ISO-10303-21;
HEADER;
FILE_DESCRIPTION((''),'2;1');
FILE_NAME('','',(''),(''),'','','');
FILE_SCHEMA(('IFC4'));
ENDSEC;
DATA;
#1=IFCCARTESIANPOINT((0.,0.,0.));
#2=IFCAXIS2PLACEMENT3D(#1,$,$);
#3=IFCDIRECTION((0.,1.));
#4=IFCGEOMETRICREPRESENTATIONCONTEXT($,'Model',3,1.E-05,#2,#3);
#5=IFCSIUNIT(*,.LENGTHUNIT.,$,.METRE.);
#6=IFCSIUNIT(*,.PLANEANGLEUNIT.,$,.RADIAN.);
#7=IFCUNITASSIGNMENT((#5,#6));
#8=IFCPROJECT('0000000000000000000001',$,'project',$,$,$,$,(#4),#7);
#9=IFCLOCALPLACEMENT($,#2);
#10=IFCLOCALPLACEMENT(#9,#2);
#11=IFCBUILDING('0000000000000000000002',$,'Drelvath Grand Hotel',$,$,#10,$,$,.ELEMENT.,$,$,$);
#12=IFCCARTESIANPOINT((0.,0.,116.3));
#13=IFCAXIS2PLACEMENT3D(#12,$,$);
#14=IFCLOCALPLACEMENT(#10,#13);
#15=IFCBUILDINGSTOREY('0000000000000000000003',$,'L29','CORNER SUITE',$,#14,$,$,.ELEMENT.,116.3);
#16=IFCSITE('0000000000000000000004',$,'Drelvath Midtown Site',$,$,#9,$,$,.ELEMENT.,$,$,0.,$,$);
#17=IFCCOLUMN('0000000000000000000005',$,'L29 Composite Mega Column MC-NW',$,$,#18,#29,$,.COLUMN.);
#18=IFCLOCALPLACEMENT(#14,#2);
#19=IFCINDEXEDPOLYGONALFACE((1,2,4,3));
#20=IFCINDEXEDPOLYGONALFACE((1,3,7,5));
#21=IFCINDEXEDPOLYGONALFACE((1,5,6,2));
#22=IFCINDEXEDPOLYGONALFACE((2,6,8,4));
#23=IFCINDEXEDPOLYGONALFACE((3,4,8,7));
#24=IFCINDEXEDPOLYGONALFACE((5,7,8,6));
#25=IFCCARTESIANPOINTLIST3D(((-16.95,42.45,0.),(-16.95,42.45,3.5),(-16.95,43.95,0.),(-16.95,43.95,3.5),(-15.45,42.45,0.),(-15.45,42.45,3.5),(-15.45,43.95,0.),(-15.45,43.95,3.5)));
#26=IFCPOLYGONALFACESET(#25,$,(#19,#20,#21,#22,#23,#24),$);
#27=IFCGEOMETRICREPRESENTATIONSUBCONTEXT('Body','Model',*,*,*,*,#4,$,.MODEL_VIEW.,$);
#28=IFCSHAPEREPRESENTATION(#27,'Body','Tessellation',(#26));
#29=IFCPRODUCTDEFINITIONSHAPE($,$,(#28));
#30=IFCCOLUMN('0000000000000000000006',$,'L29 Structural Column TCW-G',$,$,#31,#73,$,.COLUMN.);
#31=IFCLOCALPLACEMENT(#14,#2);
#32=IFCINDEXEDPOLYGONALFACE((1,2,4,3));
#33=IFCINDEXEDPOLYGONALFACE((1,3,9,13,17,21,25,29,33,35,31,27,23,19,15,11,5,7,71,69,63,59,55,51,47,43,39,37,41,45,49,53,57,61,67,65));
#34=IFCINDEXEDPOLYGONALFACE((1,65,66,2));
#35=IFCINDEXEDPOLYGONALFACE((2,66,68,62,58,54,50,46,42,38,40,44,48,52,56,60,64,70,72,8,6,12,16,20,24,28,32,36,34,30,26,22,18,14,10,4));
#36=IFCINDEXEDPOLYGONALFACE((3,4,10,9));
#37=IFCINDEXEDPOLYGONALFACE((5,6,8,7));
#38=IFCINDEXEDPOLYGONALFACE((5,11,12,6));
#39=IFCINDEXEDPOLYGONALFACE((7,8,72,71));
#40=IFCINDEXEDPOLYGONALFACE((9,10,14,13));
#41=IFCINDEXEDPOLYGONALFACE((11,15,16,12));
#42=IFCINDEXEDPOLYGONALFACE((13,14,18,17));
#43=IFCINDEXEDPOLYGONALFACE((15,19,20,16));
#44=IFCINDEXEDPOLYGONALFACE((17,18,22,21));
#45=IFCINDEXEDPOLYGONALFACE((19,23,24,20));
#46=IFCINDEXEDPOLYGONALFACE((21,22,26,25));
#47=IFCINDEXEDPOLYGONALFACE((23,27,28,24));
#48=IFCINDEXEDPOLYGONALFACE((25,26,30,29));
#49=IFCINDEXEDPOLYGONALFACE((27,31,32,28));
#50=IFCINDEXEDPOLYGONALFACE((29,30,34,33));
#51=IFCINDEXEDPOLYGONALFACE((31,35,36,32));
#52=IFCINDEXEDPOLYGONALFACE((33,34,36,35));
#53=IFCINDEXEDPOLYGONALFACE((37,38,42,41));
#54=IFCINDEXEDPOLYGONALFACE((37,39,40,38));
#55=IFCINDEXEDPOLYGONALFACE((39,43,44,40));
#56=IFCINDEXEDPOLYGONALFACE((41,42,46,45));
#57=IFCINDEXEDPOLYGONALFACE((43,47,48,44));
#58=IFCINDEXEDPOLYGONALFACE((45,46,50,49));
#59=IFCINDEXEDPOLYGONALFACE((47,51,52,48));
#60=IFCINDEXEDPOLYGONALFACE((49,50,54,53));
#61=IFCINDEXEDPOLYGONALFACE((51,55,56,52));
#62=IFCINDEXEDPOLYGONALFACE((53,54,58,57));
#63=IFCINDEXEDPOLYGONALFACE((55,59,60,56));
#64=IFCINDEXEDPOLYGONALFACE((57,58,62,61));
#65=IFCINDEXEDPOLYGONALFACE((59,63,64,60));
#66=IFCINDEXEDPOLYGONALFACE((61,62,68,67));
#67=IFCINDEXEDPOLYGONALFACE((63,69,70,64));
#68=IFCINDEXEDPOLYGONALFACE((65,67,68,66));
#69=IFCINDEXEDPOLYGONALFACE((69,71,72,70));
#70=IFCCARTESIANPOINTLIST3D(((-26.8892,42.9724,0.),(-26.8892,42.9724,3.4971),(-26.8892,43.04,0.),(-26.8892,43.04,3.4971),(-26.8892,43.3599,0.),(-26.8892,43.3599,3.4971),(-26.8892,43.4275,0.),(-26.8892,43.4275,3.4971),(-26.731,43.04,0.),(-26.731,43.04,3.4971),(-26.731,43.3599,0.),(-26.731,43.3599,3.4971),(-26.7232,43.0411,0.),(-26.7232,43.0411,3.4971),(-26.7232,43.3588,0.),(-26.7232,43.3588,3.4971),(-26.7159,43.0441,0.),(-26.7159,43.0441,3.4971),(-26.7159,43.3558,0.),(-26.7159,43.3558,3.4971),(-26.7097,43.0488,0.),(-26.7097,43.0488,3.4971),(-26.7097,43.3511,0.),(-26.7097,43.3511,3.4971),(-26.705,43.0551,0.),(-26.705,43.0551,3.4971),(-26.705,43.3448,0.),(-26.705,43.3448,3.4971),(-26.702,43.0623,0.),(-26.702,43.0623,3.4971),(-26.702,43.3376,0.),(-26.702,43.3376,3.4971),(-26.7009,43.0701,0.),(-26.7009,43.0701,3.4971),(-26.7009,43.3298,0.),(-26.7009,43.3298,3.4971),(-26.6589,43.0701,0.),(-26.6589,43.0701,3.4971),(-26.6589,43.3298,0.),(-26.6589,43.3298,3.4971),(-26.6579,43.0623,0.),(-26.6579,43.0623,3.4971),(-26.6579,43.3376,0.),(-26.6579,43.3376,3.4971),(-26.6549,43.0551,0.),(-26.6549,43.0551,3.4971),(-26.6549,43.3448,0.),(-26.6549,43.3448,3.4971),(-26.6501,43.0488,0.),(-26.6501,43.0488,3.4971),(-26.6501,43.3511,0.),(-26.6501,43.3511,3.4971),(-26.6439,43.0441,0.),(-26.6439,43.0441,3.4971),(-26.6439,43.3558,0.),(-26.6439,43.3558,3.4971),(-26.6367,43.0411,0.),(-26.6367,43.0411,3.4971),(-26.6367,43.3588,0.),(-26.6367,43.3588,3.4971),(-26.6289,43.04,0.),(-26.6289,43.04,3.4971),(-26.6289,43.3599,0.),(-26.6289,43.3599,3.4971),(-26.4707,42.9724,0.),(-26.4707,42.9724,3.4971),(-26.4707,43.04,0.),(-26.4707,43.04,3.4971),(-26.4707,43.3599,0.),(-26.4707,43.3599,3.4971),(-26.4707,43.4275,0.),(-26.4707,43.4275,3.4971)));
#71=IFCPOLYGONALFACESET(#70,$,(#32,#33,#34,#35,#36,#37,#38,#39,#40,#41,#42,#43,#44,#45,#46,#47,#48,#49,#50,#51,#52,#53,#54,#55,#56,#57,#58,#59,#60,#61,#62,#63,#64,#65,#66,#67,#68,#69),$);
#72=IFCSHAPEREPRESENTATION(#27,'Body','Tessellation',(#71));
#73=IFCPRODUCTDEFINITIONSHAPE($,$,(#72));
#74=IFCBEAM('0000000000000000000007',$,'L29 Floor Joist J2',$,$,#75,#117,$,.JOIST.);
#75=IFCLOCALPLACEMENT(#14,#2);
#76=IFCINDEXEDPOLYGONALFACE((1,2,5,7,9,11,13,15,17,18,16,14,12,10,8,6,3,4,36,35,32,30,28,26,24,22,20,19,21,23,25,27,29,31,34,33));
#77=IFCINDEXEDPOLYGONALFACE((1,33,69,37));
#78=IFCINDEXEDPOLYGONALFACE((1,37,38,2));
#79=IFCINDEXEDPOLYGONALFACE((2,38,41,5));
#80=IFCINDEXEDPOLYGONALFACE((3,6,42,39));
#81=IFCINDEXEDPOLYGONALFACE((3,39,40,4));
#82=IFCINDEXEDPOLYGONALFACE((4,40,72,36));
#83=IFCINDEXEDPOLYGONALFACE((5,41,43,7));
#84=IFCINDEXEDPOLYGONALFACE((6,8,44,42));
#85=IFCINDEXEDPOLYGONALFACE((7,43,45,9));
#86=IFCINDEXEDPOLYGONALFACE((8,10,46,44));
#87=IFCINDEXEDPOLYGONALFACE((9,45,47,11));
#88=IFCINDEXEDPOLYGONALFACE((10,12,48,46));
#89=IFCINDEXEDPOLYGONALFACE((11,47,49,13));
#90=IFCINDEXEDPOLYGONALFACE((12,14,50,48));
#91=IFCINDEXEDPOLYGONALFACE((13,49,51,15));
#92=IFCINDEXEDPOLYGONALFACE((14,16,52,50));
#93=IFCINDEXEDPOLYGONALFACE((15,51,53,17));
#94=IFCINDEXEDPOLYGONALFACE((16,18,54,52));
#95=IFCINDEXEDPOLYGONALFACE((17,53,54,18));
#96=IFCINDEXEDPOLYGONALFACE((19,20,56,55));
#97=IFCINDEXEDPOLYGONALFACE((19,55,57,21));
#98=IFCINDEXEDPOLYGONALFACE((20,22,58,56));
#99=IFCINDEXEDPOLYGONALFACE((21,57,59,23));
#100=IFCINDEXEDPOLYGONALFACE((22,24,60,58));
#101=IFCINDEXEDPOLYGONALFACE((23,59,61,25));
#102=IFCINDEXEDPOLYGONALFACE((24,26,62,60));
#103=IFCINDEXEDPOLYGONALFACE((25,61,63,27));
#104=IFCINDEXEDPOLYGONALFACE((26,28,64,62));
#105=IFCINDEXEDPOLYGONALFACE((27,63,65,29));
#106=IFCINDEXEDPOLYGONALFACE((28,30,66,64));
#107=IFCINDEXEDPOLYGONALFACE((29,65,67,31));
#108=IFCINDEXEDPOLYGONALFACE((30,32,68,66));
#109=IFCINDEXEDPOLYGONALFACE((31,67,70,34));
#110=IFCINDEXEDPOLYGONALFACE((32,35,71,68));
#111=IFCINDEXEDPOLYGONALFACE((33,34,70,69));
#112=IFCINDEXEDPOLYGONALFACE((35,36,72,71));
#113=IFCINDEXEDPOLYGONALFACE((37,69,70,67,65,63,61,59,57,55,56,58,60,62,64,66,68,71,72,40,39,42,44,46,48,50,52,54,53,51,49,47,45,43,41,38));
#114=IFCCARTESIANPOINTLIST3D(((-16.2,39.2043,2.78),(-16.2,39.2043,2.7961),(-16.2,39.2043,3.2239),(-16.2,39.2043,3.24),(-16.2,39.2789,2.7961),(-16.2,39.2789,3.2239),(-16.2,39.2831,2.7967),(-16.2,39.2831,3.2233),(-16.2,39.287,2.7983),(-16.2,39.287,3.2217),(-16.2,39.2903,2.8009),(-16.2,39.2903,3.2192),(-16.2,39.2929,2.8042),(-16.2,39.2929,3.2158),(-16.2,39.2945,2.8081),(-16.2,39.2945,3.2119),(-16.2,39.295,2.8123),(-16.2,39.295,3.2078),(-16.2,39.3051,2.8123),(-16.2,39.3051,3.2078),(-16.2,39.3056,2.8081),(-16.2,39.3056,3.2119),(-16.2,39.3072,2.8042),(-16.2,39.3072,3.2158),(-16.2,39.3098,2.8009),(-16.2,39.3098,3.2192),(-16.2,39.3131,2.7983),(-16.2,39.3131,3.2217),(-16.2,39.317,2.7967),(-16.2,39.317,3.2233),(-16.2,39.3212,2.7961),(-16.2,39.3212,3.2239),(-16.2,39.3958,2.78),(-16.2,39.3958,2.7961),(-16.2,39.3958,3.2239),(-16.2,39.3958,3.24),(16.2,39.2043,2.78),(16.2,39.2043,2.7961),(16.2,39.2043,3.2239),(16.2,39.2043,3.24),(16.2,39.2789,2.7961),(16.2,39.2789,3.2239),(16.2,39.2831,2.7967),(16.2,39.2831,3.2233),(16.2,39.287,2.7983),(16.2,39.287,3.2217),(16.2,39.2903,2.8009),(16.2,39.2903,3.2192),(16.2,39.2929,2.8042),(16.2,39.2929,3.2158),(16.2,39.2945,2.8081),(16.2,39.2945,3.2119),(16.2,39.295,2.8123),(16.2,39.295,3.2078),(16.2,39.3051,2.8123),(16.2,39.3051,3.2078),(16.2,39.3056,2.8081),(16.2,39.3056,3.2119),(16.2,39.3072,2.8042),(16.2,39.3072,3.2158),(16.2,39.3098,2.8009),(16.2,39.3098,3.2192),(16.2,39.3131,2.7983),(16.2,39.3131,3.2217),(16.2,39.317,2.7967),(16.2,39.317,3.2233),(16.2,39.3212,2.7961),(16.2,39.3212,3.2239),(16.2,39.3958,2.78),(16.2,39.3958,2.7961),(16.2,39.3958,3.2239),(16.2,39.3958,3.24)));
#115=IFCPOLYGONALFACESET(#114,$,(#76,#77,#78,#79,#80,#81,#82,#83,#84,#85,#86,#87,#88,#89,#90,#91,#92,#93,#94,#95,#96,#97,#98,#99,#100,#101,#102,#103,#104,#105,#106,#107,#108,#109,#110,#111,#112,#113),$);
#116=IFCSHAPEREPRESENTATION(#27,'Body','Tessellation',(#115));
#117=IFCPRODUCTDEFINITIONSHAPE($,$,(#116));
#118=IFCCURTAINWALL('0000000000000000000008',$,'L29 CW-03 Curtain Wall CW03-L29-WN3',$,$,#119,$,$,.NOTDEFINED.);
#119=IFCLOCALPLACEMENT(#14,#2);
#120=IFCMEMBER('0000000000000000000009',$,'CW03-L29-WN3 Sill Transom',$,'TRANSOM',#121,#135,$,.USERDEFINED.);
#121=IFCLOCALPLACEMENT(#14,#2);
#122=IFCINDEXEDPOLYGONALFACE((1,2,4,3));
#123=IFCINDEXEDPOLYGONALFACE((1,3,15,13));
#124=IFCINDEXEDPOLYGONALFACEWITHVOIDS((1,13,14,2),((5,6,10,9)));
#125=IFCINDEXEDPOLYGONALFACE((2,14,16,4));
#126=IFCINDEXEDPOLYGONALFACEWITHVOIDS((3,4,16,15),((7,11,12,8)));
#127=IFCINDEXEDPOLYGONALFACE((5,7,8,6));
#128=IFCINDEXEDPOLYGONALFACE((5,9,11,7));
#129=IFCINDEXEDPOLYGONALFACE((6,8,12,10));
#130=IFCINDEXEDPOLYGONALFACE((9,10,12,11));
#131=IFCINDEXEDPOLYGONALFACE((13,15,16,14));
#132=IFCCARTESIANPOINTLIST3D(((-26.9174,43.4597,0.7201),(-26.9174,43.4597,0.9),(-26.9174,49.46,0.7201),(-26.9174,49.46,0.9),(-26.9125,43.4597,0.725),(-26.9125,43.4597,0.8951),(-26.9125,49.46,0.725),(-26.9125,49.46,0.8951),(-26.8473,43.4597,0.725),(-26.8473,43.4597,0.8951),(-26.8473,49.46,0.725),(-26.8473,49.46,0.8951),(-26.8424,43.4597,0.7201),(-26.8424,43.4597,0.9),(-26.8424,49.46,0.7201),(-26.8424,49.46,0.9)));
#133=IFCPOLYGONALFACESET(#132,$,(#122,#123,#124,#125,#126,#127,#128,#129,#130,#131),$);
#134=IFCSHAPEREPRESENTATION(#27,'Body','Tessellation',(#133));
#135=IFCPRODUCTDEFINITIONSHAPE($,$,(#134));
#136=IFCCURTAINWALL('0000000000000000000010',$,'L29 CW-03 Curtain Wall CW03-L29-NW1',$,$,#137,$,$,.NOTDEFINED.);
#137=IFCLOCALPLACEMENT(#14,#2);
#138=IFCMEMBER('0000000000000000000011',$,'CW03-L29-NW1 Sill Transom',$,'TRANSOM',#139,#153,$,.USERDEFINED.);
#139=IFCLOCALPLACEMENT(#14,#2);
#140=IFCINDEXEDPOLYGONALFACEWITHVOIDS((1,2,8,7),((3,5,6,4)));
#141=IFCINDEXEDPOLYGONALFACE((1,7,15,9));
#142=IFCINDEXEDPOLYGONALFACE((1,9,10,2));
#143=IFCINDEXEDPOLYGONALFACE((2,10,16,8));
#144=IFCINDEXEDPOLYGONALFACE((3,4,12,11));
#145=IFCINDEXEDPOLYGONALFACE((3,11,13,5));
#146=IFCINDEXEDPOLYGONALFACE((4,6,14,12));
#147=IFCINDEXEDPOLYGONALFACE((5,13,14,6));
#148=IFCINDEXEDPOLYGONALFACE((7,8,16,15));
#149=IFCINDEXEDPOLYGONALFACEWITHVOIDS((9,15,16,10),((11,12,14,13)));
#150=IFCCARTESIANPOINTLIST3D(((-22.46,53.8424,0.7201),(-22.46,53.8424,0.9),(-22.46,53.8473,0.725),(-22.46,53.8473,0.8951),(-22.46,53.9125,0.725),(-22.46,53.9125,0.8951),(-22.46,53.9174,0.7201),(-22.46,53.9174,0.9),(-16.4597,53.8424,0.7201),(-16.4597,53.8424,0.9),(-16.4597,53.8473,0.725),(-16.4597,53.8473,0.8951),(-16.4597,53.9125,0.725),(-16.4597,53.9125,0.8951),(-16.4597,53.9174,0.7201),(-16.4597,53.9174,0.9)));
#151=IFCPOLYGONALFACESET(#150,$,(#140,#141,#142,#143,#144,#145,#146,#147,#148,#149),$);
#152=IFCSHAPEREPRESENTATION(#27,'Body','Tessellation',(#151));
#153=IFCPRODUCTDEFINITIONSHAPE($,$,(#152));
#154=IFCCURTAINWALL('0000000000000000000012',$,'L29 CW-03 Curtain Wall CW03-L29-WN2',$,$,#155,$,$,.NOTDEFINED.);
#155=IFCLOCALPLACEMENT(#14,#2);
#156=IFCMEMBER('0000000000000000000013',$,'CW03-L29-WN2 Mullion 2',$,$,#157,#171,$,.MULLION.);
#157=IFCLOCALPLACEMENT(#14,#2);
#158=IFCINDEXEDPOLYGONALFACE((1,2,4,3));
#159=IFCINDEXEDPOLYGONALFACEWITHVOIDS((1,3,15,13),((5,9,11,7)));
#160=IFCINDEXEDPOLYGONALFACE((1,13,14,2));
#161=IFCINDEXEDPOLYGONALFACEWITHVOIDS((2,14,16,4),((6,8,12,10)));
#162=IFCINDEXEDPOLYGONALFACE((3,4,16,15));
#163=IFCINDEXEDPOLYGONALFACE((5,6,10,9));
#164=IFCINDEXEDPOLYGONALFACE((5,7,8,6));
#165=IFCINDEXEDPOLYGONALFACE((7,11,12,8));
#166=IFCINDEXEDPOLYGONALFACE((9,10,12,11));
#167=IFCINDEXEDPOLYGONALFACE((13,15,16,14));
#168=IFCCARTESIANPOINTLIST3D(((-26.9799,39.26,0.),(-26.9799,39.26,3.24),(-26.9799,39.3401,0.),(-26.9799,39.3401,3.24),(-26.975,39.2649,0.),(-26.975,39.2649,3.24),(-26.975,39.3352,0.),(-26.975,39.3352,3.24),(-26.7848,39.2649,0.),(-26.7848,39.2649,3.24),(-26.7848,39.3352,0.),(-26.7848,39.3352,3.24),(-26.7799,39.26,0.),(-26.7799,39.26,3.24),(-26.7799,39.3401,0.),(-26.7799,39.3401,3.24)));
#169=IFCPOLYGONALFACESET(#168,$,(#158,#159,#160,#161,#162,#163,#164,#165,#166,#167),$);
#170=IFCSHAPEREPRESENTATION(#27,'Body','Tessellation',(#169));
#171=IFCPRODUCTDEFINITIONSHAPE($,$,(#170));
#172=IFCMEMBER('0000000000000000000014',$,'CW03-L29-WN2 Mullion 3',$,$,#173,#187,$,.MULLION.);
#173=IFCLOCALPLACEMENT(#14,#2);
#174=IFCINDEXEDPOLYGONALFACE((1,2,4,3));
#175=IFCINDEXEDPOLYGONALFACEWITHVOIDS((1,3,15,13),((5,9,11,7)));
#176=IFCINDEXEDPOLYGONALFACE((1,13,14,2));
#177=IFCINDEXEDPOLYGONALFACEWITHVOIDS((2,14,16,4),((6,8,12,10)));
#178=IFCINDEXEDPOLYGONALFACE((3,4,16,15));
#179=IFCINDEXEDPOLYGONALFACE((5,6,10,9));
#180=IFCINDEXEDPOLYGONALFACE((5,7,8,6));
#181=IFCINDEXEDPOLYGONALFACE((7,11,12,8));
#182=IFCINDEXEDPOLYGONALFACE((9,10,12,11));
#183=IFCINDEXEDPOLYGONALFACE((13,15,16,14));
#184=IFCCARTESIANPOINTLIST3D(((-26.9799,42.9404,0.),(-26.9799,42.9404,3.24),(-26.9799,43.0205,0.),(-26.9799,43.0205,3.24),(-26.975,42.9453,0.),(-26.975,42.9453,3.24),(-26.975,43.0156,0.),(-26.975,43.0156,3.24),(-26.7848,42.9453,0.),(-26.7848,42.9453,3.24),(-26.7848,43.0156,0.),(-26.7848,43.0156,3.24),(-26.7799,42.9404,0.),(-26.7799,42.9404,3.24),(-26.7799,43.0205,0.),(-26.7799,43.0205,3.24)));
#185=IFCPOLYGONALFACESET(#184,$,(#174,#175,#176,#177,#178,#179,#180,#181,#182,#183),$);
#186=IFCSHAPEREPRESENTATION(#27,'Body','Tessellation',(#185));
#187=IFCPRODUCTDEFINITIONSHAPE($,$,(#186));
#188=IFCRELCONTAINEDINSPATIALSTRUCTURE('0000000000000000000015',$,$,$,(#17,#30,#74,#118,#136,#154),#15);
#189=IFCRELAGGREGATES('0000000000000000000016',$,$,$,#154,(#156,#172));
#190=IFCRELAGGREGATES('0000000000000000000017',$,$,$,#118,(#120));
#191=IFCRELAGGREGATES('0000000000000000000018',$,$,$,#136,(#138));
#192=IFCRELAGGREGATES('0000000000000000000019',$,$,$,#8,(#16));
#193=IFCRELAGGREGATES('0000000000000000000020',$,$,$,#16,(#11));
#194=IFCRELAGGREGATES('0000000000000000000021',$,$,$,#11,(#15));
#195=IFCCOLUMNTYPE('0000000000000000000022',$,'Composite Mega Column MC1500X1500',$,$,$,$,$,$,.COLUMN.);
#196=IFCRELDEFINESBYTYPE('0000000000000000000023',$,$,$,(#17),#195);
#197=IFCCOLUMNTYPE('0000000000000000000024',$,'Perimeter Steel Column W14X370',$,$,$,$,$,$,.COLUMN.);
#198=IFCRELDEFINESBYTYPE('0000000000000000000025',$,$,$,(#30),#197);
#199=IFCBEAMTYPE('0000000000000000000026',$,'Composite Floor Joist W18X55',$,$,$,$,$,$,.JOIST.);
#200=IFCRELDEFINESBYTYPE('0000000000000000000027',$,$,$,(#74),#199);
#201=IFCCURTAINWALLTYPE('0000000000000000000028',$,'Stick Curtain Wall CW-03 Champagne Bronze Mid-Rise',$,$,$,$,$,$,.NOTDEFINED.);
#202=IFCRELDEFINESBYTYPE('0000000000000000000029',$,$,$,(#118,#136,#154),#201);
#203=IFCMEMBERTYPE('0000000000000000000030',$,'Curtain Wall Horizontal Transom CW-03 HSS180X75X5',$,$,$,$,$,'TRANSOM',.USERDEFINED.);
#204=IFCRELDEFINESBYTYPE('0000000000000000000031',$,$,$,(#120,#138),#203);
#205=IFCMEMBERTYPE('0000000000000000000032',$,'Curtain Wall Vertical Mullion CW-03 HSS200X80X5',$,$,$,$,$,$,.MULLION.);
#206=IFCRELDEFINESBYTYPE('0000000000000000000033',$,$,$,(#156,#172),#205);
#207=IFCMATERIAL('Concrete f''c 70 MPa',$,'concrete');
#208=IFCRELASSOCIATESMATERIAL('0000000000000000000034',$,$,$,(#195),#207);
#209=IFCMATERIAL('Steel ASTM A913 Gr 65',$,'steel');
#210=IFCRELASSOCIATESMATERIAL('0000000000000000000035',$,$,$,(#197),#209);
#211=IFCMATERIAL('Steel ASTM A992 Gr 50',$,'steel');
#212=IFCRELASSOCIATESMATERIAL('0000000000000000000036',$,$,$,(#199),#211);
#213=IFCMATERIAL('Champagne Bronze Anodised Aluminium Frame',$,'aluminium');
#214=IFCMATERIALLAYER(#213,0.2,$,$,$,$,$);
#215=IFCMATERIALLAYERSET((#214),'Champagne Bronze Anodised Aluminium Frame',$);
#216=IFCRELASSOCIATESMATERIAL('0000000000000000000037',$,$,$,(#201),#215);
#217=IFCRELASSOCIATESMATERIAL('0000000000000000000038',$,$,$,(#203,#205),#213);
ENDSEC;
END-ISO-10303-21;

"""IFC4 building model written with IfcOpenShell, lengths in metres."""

from ifc_helpers import new_model, si_unit, direction, frame, origin, origin_2d, place, context, subcontext, project, spatial, rectangle, hollow_rectangle, i_section, extrude, material, layer, layer_set, material_profile, profile_set, type_object, element, aggregate, save


model = new_model("IFC4")

# Units and contexts
model_context = context("Model", 3, precision=1e-05, world=origin(), true_north=direction((0.0, 1.0)))
body_context = subcontext(model_context, "Body", "Model", "MODEL_VIEW")
ifc_project = project(units=[si_unit("LENGTHUNIT", "METRE"), si_unit("PLANEANGLEUNIT", "RADIAN")], contexts=[model_context])

# Site, building, storey
site_placement = place(None, origin())
site = spatial("IfcSite", under=ifc_project, at=site_placement, Name="Drelvath Midtown Site", CompositionType="ELEMENT", RefElevation=0.0)
building_placement = place(site_placement, origin())
building = spatial("IfcBuilding", under=site, at=building_placement, Name="Drelvath Grand Hotel", CompositionType="ELEMENT")
storey_placement = place(building_placement, frame((0.0, 0.0, 116.3)))
storey = spatial("IfcBuildingStorey", under=building, at=storey_placement, Name="L29", Description="CORNER SUITE", CompositionType="ELEMENT", Elevation=116.3)

# Columns
ifc_material_1 = material(Name="Concrete f'c 70 MPa", Category="concrete")
ifc_material_profile_1 = material_profile(ifc_material_1, rectangle(XDim=1.5, YDim=1.5, at=origin_2d()), Name="MC1500X1500")
ifc_profile_set_1 = profile_set([ifc_material_profile_1], Name="Concrete f'c 70 MPa")
column_type_1 = type_object("IfcColumnType", Name="Composite Mega Column MC1500X1500", PredefinedType="COLUMN", material=ifc_profile_set_1)
column_1_placement = place(storey_placement, frame((-16.2, 43.2, 0.0), z_axis=(0.0, 0.0, 1.0), x_axis=(1.0, 0.0, 0.0)))
element("IfcColumn", 1, at=column_1_placement, inside=storey, type_object=column_type_1, Name="L29 Composite Mega Column MC-NW", PredefinedType="COLUMN", context=body_context, shape_type="SweptSolid", body=[
    extrude(rectangle(XDim=1.5, YDim=1.5, at=origin_2d()), origin(), (0.0, 0.0, 1.0), 3.5),
])
ifc_material_2 = material(Name="Steel ASTM A913 Gr 65", Category="steel")
ifc_material_profile_2 = material_profile(ifc_material_2, i_section(OverallWidth=0.4185, OverallDepth=0.4551, WebThickness=0.042, FlangeThickness=0.0676, FilletRadius=0.03, at=origin_2d()), Name="W14X370")
ifc_profile_set_2 = profile_set([ifc_material_profile_2], Name="Steel ASTM A913 Gr 65")
column_type_2 = type_object("IfcColumnType", Name="Perimeter Steel Column W14X370", PredefinedType="COLUMN", material=ifc_profile_set_2)
column_2_placement = place(storey_placement, frame((-26.6799, 43.2, 0.0), z_axis=(0.0, 0.0, 1.0), x_axis=(1.0, 0.0, 0.0)))
element("IfcColumn", 2, at=column_2_placement, inside=storey, type_object=column_type_2, Name="L29 Structural Column TCW-G", PredefinedType="COLUMN", context=body_context, shape_type="SweptSolid", body=[
    extrude(i_section(OverallWidth=0.4185, OverallDepth=0.4551, WebThickness=0.042, FlangeThickness=0.0676, FilletRadius=0.03, at=origin_2d()), origin(), (0.0, 0.0, 1.0), 3.4971),
])

# Beam
ifc_material_3 = material(Name="Steel ASTM A992 Gr 50", Category="steel")
ifc_material_profile_3 = material_profile(ifc_material_3, i_section(OverallWidth=0.1914, OverallDepth=0.46, WebThickness=0.01, FlangeThickness=0.0161, FilletRadius=0.0161, at=origin_2d()), Name="W18X55")
ifc_profile_set_3 = profile_set([ifc_material_profile_3], Name="Steel ASTM A992 Gr 50")
beam_type_1 = type_object("IfcBeamType", Name="Composite Floor Joist W18X55", PredefinedType="JOIST", material=ifc_profile_set_3)
beam_1_placement = place(storey_placement, frame((-16.2, 39.3, 3.01), z_axis=(1.0, 0.0, 0.0), x_axis=(0.0, 1.0, 0.0)))
element("IfcBeam", 3, at=beam_1_placement, inside=storey, type_object=beam_type_1, Name="L29 Floor Joist J2", PredefinedType="JOIST", context=body_context, shape_type="SweptSolid", body=[
    extrude(i_section(OverallWidth=0.1914, OverallDepth=0.46, WebThickness=0.01, FlangeThickness=0.0161, FilletRadius=0.0161, at=origin_2d()), origin(), (0.0, 0.0, 1.0), 32.3999),
])

# Curtain walls, members
ifc_material_4 = material(Name="Champagne Bronze Anodised Aluminium Frame", Category="aluminium")
ifc_layer_1 = layer(ifc_material_4, 0.2)
ifc_layer_set_1 = layer_set([ifc_layer_1], Name="Champagne Bronze Anodised Aluminium Frame")
curtain_wall_type = type_object("IfcCurtainWallType", Name="Stick Curtain Wall CW-03 Champagne Bronze Mid-Rise", PredefinedType="NOTDEFINED", material=ifc_layer_set_1)
curtain_wall_1_placement = place(storey_placement, origin())
curtain_wall_1 = element("IfcCurtainWall", 4, at=curtain_wall_1_placement, inside=storey, type_object=curtain_wall_type, Name="L29 CW-03 Curtain Wall CW03-L29-WN3", PredefinedType="NOTDEFINED")
ifc_material_profile_4 = material_profile(ifc_material_4, hollow_rectangle(XDim=0.075, YDim=0.1799, WallThickness=0.0049, at=origin_2d()), Name="HSS180X75X5")
ifc_profile_set_4 = profile_set([ifc_material_profile_4], Name="Champagne Bronze Anodised Aluminium Frame")
member_type_1 = type_object("IfcMemberType", Name="Curtain Wall Horizontal Transom CW-03 HSS180X75X5", ElementType="TRANSOM", PredefinedType="USERDEFINED", material=ifc_profile_set_4)
member_1_placement = place(storey_placement, frame((-26.8799, 43.4597, 0.8101), z_axis=(0.0, 1.0, 0.0), x_axis=(-1.0, 0.0, 0.0)))
member_1 = element("IfcMember", 5, at=member_1_placement, type_object=member_type_1, Name="CW03-L29-WN3 Sill Transom", ObjectType="TRANSOM", PredefinedType="USERDEFINED", context=body_context, shape_type="SweptSolid", body=[
    extrude(hollow_rectangle(XDim=0.075, YDim=0.1799, WallThickness=0.0049, at=origin_2d()), origin(), (0.0, 0.0, 1.0), 6.0002),
])
curtain_wall_2_placement = place(storey_placement, origin())
curtain_wall_2 = element("IfcCurtainWall", 6, at=curtain_wall_2_placement, inside=storey, type_object=curtain_wall_type, Name="L29 CW-03 Curtain Wall CW03-L29-NW1", PredefinedType="NOTDEFINED")
member_2_placement = place(storey_placement, frame((-22.46, 53.8799, 0.8101), z_axis=(1.0, 0.0, 0.0), x_axis=(0.0, 1.0, 0.0)))
member_2 = element("IfcMember", 7, at=member_2_placement, type_object=member_type_1, Name="CW03-L29-NW1 Sill Transom", ObjectType="TRANSOM", PredefinedType="USERDEFINED", context=body_context, shape_type="SweptSolid", body=[
    extrude(hollow_rectangle(XDim=0.075, YDim=0.1799, WallThickness=0.0049, at=origin_2d()), origin(), (0.0, 0.0, 1.0), 6.0002),
])

# Curtain wall, members
curtain_wall_3_placement = place(storey_placement, origin())
curtain_wall_3 = element("IfcCurtainWall", 8, at=curtain_wall_3_placement, inside=storey, type_object=curtain_wall_type, Name="L29 CW-03 Curtain Wall CW03-L29-WN2", PredefinedType="NOTDEFINED")
ifc_material_profile_5 = material_profile(ifc_material_4, hollow_rectangle(XDim=0.0801, YDim=0.2, WallThickness=0.0049, at=origin_2d()), Name="HSS200X80X5")
ifc_profile_set_5 = profile_set([ifc_material_profile_5], Name="Champagne Bronze Anodised Aluminium Frame")
member_type_2 = type_object("IfcMemberType", Name="Curtain Wall Vertical Mullion CW-03 HSS200X80X5", PredefinedType="MULLION", material=ifc_profile_set_5)
member_3_placement = place(storey_placement, frame((-26.8799, 39.3, 0.0), z_axis=(0.0, 0.0, 1.0), x_axis=(0.0, 1.0, 0.0)))
member_3 = element("IfcMember", 9, at=member_3_placement, type_object=member_type_2, Name="CW03-L29-WN2 Mullion 2", PredefinedType="MULLION", context=body_context, shape_type="SweptSolid", body=[
    extrude(hollow_rectangle(XDim=0.0801, YDim=0.2, WallThickness=0.0049, at=origin_2d()), origin(), (0.0, 0.0, 1.0), 3.24),
])
member_4_placement = place(storey_placement, frame((-26.8799, 42.9805, 0.0), z_axis=(0.0, 0.0, 1.0), x_axis=(0.0, 1.0, 0.0)))
member_4 = element("IfcMember", 10, at=member_4_placement, type_object=member_type_2, Name="CW03-L29-WN2 Mullion 3", PredefinedType="MULLION", context=body_context, shape_type="SweptSolid", body=[
    extrude(hollow_rectangle(XDim=0.0801, YDim=0.2, WallThickness=0.0049, at=origin_2d()), origin(), (0.0, 0.0, 1.0), 3.24),
])

aggregate(curtain_wall_3, [member_3, member_4])
aggregate(curtain_wall_1, [member_1])
aggregate(curtain_wall_2, [member_2])

save(model, "model.ifc")
